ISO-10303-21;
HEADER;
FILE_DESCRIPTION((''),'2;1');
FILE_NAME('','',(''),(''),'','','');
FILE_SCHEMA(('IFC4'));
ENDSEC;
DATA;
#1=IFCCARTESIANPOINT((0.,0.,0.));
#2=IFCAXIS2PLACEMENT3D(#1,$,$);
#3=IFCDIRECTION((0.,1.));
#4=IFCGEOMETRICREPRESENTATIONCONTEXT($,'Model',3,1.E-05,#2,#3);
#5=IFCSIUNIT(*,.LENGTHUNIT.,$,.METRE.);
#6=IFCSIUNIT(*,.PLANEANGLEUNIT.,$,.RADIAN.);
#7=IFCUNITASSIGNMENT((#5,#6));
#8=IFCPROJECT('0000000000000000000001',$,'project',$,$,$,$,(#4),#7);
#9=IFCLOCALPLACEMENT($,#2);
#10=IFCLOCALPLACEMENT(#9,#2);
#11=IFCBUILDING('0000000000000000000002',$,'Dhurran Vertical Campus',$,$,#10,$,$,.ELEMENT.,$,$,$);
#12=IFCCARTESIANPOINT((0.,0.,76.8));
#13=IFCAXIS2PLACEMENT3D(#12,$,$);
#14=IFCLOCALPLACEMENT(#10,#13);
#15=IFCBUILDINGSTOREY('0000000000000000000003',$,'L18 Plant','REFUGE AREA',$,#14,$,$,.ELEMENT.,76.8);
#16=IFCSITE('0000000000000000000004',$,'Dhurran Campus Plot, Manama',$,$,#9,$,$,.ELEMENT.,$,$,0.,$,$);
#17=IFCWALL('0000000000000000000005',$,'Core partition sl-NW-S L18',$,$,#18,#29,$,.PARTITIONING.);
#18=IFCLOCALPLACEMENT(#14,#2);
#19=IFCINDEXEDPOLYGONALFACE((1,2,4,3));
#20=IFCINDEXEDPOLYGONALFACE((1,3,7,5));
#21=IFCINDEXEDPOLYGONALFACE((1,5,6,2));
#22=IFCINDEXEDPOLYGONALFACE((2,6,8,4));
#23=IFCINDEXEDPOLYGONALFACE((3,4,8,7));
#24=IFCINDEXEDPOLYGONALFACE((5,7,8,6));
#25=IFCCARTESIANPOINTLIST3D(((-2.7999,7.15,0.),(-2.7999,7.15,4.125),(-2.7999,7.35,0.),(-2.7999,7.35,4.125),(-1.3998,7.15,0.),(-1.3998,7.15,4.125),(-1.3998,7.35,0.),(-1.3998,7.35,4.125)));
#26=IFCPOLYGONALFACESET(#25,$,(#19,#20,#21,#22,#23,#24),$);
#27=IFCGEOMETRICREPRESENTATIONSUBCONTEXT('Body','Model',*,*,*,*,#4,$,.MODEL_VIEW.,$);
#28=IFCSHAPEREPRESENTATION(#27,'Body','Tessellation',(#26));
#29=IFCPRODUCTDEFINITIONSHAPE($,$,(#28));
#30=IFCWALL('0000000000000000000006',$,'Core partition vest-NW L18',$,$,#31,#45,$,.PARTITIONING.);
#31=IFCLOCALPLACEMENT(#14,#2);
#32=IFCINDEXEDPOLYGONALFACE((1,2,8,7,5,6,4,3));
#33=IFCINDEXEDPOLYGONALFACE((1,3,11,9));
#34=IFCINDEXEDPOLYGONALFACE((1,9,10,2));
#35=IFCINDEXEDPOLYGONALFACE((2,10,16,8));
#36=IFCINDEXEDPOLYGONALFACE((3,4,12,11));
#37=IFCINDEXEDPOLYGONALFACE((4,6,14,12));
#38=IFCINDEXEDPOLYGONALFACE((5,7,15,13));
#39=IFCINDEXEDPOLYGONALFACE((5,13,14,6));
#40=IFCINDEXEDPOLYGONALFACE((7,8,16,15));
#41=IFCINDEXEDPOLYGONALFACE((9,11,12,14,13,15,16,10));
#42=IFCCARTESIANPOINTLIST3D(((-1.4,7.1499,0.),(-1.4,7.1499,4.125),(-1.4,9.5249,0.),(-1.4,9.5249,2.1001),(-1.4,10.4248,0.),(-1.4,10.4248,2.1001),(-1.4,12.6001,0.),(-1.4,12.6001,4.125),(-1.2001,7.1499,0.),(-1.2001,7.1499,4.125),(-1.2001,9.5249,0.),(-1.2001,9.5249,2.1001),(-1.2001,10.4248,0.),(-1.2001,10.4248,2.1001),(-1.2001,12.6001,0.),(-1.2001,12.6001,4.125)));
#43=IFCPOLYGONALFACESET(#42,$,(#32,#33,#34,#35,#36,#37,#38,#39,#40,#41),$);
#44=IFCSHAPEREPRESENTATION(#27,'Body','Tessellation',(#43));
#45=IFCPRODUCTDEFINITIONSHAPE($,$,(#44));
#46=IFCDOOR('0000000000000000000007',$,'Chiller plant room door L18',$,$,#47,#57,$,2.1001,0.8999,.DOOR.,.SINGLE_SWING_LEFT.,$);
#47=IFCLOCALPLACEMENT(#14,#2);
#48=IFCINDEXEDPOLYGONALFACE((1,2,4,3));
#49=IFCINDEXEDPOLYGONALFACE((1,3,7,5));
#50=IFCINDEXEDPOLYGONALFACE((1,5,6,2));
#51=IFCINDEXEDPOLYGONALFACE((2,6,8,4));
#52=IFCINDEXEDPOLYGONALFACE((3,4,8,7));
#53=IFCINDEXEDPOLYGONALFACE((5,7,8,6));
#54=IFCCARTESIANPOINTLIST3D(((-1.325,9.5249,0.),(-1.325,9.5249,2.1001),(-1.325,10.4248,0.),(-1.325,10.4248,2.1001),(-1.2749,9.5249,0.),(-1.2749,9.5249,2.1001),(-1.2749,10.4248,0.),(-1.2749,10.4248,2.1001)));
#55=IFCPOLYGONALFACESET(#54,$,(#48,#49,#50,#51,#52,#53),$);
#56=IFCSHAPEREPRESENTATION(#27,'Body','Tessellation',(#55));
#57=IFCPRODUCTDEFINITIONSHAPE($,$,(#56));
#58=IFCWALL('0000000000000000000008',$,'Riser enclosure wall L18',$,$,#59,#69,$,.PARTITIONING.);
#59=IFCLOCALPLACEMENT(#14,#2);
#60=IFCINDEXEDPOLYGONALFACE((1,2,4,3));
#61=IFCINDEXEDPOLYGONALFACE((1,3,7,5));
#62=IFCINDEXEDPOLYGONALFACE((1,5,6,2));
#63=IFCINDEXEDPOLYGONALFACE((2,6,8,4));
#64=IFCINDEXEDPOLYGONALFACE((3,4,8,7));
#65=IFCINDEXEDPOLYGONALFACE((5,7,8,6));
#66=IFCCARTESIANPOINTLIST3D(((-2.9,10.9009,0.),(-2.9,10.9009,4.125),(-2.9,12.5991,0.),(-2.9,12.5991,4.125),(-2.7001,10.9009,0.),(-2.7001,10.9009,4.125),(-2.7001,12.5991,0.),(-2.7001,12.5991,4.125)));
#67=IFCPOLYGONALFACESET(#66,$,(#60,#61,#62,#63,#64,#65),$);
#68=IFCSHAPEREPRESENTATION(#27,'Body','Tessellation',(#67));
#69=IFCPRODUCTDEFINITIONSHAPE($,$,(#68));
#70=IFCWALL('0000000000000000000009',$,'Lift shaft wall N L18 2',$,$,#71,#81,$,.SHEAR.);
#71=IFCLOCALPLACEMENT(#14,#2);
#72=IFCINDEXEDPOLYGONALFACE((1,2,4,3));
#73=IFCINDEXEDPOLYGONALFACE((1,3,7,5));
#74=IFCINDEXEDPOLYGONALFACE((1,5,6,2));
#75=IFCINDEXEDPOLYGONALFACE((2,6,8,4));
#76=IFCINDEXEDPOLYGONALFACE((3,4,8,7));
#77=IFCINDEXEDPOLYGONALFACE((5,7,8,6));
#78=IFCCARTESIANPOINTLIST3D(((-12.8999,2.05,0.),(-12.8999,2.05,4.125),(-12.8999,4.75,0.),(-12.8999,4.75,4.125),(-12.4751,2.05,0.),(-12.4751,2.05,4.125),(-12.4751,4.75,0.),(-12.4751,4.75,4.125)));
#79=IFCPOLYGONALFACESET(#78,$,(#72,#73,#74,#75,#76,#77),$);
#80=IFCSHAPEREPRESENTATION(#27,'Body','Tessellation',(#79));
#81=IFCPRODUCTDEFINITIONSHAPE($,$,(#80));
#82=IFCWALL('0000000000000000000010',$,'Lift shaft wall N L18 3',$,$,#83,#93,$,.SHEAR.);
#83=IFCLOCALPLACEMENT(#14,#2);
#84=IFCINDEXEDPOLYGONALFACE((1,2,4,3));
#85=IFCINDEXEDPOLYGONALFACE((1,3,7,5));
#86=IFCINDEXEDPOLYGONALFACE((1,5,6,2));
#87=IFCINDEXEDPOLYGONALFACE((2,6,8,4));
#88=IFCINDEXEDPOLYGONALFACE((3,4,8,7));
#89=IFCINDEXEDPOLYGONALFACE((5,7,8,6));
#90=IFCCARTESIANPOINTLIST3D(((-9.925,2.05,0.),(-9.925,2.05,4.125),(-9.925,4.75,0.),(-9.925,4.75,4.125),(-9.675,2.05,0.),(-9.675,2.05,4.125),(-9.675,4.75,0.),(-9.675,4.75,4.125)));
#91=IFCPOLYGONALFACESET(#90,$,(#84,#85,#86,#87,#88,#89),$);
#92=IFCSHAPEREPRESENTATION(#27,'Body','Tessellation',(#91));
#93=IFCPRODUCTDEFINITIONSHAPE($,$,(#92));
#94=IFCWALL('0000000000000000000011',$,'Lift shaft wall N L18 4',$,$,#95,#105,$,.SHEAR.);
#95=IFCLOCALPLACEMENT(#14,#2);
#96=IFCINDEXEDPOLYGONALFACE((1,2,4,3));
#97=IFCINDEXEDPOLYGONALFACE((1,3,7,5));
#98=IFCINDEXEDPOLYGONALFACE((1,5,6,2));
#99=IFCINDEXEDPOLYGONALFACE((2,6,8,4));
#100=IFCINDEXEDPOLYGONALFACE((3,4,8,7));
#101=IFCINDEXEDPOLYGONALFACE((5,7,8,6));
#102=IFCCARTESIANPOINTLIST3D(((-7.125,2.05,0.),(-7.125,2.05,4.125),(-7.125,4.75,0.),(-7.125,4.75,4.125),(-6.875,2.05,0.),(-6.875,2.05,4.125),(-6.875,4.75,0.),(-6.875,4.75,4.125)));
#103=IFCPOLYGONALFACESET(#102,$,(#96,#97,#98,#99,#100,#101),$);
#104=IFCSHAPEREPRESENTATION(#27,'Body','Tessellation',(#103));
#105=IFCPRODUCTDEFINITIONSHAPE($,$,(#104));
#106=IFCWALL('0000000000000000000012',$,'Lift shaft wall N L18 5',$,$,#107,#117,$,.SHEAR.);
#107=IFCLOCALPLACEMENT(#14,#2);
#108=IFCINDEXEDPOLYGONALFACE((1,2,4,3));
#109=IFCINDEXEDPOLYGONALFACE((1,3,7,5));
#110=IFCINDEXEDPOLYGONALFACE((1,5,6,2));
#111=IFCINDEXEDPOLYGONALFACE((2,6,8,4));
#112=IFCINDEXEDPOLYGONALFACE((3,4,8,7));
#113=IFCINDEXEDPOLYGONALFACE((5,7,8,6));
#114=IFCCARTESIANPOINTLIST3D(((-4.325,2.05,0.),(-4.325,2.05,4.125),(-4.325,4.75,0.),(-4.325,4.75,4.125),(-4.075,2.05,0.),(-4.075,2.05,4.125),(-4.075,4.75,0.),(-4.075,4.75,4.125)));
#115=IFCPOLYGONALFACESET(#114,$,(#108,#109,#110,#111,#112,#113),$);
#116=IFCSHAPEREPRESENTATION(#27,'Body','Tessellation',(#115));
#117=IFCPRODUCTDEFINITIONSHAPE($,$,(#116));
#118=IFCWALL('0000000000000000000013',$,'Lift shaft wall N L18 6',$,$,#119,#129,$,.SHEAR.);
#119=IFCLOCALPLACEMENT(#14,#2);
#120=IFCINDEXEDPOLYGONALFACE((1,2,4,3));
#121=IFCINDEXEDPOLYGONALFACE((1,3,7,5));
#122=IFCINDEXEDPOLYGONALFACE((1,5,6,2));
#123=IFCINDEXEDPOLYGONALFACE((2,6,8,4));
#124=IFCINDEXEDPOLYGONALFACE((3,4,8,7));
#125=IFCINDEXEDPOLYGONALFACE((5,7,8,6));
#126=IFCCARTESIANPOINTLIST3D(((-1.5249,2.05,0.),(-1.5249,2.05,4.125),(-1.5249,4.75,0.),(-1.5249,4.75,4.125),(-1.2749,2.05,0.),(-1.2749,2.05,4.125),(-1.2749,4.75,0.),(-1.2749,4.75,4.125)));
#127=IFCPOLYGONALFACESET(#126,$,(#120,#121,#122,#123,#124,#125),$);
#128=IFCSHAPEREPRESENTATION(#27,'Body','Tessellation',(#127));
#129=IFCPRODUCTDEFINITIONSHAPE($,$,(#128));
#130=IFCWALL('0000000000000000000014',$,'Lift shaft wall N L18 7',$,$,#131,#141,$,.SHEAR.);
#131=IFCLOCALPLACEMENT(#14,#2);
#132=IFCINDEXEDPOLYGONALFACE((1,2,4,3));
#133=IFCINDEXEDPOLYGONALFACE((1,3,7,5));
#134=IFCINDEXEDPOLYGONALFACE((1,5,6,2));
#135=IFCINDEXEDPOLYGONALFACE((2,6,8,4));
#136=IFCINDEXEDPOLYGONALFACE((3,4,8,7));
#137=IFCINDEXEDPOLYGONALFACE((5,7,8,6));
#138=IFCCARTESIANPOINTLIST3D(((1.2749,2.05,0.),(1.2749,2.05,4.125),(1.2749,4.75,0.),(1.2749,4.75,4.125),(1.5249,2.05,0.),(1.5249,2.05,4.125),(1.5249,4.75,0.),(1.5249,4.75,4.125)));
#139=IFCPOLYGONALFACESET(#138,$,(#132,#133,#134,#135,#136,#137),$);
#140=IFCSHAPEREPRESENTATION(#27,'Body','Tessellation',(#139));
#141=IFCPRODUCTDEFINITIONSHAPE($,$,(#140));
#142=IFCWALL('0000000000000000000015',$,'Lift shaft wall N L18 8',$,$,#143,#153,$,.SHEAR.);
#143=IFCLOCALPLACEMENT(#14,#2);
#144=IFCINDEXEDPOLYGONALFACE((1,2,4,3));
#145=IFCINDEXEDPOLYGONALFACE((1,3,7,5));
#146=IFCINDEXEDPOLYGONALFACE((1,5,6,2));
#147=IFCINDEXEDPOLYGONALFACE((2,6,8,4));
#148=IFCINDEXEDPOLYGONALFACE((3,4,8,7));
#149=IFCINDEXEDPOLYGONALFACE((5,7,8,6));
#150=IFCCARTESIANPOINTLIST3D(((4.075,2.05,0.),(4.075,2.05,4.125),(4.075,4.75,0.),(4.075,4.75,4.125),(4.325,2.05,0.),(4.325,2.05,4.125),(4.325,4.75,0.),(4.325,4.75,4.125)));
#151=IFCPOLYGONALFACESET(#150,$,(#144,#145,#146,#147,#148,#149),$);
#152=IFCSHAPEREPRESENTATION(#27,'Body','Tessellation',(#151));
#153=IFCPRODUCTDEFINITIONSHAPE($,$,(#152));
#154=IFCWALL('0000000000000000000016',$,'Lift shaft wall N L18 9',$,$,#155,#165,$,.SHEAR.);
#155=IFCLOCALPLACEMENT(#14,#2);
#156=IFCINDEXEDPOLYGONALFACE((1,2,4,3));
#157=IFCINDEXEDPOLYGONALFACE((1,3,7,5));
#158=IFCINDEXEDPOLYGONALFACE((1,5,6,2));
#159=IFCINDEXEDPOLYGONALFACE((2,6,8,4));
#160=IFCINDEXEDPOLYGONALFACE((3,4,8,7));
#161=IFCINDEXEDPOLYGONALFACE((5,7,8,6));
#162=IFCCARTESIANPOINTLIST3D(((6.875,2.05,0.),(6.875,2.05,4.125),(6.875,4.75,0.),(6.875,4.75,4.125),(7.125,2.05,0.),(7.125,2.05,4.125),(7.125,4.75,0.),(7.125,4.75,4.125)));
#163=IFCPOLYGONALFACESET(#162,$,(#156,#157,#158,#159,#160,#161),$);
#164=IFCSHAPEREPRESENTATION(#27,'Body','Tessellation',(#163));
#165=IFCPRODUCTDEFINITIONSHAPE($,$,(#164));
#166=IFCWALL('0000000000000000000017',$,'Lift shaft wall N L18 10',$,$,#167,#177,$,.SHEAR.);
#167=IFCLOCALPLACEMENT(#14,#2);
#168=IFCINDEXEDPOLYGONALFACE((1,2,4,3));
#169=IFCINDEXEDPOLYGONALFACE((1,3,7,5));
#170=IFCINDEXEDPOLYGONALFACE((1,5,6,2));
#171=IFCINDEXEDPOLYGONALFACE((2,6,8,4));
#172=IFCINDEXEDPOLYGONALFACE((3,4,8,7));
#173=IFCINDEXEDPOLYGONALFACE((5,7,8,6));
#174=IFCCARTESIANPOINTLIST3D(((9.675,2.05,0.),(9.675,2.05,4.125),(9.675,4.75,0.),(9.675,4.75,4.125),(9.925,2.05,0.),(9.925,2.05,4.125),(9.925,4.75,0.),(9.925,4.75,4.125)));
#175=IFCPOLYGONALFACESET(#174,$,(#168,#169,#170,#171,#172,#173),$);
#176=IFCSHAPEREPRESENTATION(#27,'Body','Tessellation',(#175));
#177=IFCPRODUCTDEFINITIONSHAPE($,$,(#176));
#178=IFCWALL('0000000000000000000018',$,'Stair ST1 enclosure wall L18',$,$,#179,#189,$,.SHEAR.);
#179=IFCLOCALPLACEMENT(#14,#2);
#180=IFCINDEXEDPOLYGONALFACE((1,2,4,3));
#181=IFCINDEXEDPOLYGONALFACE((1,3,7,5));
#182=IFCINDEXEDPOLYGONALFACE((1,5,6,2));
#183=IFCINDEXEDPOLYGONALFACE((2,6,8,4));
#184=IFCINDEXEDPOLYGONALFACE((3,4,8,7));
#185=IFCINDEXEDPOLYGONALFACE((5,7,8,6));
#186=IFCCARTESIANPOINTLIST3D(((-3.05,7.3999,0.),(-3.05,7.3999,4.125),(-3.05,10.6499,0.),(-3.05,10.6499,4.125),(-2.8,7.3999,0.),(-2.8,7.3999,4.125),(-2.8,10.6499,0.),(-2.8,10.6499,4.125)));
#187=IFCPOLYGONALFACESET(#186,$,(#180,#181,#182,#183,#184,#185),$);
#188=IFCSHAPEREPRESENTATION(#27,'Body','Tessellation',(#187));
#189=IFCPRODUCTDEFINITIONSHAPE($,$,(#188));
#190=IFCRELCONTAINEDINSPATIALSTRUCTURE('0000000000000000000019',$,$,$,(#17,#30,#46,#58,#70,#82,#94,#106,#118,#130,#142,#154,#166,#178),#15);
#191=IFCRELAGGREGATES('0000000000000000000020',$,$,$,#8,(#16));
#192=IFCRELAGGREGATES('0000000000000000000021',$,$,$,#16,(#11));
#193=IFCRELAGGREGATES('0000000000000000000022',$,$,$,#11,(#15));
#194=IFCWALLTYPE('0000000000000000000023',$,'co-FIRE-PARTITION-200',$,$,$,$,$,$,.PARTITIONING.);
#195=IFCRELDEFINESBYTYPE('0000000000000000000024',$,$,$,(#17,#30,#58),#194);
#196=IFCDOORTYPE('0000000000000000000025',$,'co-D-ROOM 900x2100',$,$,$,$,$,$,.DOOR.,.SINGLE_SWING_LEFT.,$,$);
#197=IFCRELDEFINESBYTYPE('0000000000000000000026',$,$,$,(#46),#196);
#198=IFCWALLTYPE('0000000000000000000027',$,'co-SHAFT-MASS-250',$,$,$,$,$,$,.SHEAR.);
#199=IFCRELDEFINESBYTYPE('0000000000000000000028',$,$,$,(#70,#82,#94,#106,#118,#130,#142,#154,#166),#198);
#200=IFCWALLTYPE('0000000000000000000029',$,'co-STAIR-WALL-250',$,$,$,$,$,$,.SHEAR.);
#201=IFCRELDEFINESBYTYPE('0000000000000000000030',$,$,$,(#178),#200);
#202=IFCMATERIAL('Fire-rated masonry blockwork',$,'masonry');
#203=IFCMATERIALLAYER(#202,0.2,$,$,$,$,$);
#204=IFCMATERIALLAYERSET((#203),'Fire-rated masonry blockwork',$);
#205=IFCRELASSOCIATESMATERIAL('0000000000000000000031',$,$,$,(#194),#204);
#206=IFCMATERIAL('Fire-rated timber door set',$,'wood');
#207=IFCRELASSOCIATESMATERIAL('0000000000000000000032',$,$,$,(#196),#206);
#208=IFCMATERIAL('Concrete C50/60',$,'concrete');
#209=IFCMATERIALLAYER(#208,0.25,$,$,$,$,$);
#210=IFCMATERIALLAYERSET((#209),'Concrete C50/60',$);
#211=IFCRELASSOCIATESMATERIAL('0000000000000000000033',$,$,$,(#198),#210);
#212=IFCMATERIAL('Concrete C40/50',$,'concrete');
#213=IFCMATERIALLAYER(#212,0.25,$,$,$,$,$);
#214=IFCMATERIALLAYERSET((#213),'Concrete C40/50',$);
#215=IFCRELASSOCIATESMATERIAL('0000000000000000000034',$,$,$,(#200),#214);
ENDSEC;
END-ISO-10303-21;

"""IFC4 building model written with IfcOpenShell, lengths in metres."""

from ifc_helpers import new_model, si_unit, direction, frame, frame_2d, origin, place, context, subcontext, project, spatial, polyline, rectangle, outline, extrude, material, layer, layer_set, type_object, element, fill, save


model = new_model("IFC4")

# Units and contexts
model_context = context("Model", 3, precision=1e-05, world=origin(), true_north=direction((0.0, 1.0)))
body_context = subcontext(model_context, "Body", "Model", "MODEL_VIEW")
ifc_project = project(units=[si_unit("LENGTHUNIT", "METRE"), si_unit("PLANEANGLEUNIT", "RADIAN")], contexts=[model_context])

# Site, building, storey
site_placement = place(None, origin())
site = spatial("IfcSite", under=ifc_project, at=site_placement, Name="Dhurran Campus Plot, Manama", CompositionType="ELEMENT", RefElevation=0.0)
building_placement = place(site_placement, origin())
building = spatial("IfcBuilding", under=site, at=building_placement, Name="Dhurran Vertical Campus", CompositionType="ELEMENT")
storey_placement = place(building_placement, frame((0.0, 0.0, 76.8)))
storey = spatial("IfcBuildingStorey", under=building, at=storey_placement, Name="L18 Plant", Description="REFUGE AREA", CompositionType="ELEMENT", Elevation=76.8)

# Wall
ifc_material_1 = material(Name="Fire-rated masonry blockwork", Category="masonry")
ifc_layer_1 = layer(ifc_material_1, 0.2)
ifc_layer_set_1 = layer_set([ifc_layer_1], Name="Fire-rated masonry blockwork")
wall_type_1 = type_object("IfcWallType", Name="co-FIRE-PARTITION-200", PredefinedType="PARTITIONING", material=ifc_layer_set_1)
wall_1_placement = place(storey_placement, frame((-2.8, 7.25, 0.0), z_axis=(0.0, 0.0, 1.0), x_axis=(1.0, 0.0, 0.0)))
element("IfcWall", 1, at=wall_1_placement, inside=storey, type_object=wall_type_1, Name="Core partition sl-NW-S L18", PredefinedType="PARTITIONING", context=body_context, shape_type="SweptSolid", body=[
    extrude(rectangle(XDim=1.4001, YDim=0.2, at=frame_2d((0.7002, 0.0))), origin(), (0.0, 0.0, 1.0), 4.125),
])

# Wall, opening, door
wall_2_placement = place(storey_placement, frame((-1.3, 7.1499, 0.0), z_axis=(0.0, 0.0, 1.0), x_axis=(0.0, 1.0, 0.0)))
wall_2 = element("IfcWall", 2, at=wall_2_placement, inside=storey, type_object=wall_type_1, Name="Core partition vest-NW L18", PredefinedType="PARTITIONING", context=body_context, shape_type="SweptSolid", body=[
    extrude(rectangle(XDim=5.4502, YDim=0.2, at=frame_2d((2.7251, 0.0))), origin(), (0.0, 0.0, 1.0), 4.125),
])
opening_placement = place(wall_2_placement, frame((2.375, 0.0, 0.0)))
opening = element("IfcOpeningElement", 3, at=opening_placement, cuts=wall_2, PredefinedType="OPENING", context=body_context, shape_type="SweptSolid", body=[
    extrude(rectangle(XDim=0.8999, YDim=2.1001, at=frame_2d((0.45, 1.05))), frame((0.0, 0.1099, 0.0), z_axis=(0.0, -1.0, 0.0), x_axis=(1.0, 0.0, 0.0)), (0.0, 0.0, 1.0), 0.22),
])
ifc_material_2 = material(Name="Fire-rated timber door set", Category="wood")
door_type = type_object("IfcDoorType", Name="co-D-ROOM 900x2100", OperationType="SINGLE_SWING_LEFT", PredefinedType="DOOR", material=ifc_material_2)
door_placement = place(opening_placement, origin())
door = element("IfcDoor", 4, at=door_placement, inside=storey, type_object=door_type, Name="Chiller plant room door L18", OperationType="SINGLE_SWING_LEFT", OverallHeight=2.1001, OverallWidth=0.8999, PredefinedType="DOOR", context=body_context, shape_type="SweptSolid", body=[
    extrude(rectangle(XDim=0.8999, YDim=2.1001, at=frame_2d((0.45, 1.05))), frame((0.0, 0.0249, 0.0), z_axis=(0.0, -1.0, 0.0), x_axis=(1.0, 0.0, 0.0)), (0.0, 0.0, 1.0), 0.05),
])
fill(opening, door)

# Walls
wall_3_placement = place(storey_placement, frame((-2.8, 10.9009, 0.0), z_axis=(0.0, 0.0, 1.0), x_axis=(0.0, 1.0, 0.0)))
element("IfcWall", 5, at=wall_3_placement, inside=storey, type_object=wall_type_1, Name="Riser enclosure wall L18", PredefinedType="PARTITIONING", context=body_context, shape_type="SweptSolid", body=[
    extrude(rectangle(XDim=1.6982, YDim=0.2, at=frame_2d((0.8491, 0.0))), origin(), (0.0, 0.0, 1.0), 4.125),
])
ifc_material_3 = material(Name="Concrete C50/60", Category="concrete")
ifc_layer_2 = layer(ifc_material_3, 0.25)
ifc_layer_set_2 = layer_set([ifc_layer_2], Name="Concrete C50/60")
wall_type_2 = type_object("IfcWallType", Name="co-SHAFT-MASS-250", PredefinedType="SHEAR", material=ifc_layer_set_2)
wall_4_placement = place(storey_placement, origin())
element("IfcWall", 6, at=wall_4_placement, inside=storey, type_object=wall_type_2, Name="Lift shaft wall N L18 2", PredefinedType="SHEAR", context=body_context, shape_type="SweptSolid", body=[
    extrude(outline(polyline([(-12.8999, 2.05), (-12.4751, 2.05), (-12.4751, 4.75), (-12.8999, 4.75), (-12.8999, 2.05)])), origin(), (0.0, 0.0, 1.0), 4.125),
])
wall_5_placement = place(storey_placement, origin())
element("IfcWall", 7, at=wall_5_placement, inside=storey, type_object=wall_type_2, Name="Lift shaft wall N L18 3", PredefinedType="SHEAR", context=body_context, shape_type="SweptSolid", body=[
    extrude(outline(polyline([(-9.925, 2.05), (-9.675, 2.05), (-9.675, 4.75), (-9.925, 4.75), (-9.925, 2.05)])), origin(), (0.0, 0.0, 1.0), 4.125),
])
wall_6_placement = place(storey_placement, origin())
element("IfcWall", 8, at=wall_6_placement, inside=storey, type_object=wall_type_2, Name="Lift shaft wall N L18 4", PredefinedType="SHEAR", context=body_context, shape_type="SweptSolid", body=[
    extrude(outline(polyline([(-7.125, 2.05), (-6.875, 2.05), (-6.875, 4.75), (-7.125, 4.75), (-7.125, 2.05)])), origin(), (0.0, 0.0, 1.0), 4.125),
])
wall_7_placement = place(storey_placement, origin())
element("IfcWall", 9, at=wall_7_placement, inside=storey, type_object=wall_type_2, Name="Lift shaft wall N L18 5", PredefinedType="SHEAR", context=body_context, shape_type="SweptSolid", body=[
    extrude(outline(polyline([(-4.325, 2.05), (-4.075, 2.05), (-4.075, 4.75), (-4.325, 4.75), (-4.325, 2.05)])), origin(), (0.0, 0.0, 1.0), 4.125),
])
wall_8_placement = place(storey_placement, origin())
element("IfcWall", 10, at=wall_8_placement, inside=storey, type_object=wall_type_2, Name="Lift shaft wall N L18 6", PredefinedType="SHEAR", context=body_context, shape_type="SweptSolid", body=[
    extrude(outline(polyline([(-1.5249, 2.05), (-1.2749, 2.05), (-1.2749, 4.75), (-1.5249, 4.75), (-1.5249, 2.05)])), origin(), (0.0, 0.0, 1.0), 4.125),
])
wall_9_placement = place(storey_placement, origin())
element("IfcWall", 11, at=wall_9_placement, inside=storey, type_object=wall_type_2, Name="Lift shaft wall N L18 7", PredefinedType="SHEAR", context=body_context, shape_type="SweptSolid", body=[
    extrude(outline(polyline([(1.2749, 2.05), (1.5249, 2.05), (1.5249, 4.75), (1.2749, 4.75), (1.2749, 2.05)])), origin(), (0.0, 0.0, 1.0), 4.125),
])
wall_10_placement = place(storey_placement, origin())
element("IfcWall", 12, at=wall_10_placement, inside=storey, type_object=wall_type_2, Name="Lift shaft wall N L18 8", PredefinedType="SHEAR", context=body_context, shape_type="SweptSolid", body=[
    extrude(outline(polyline([(4.075, 2.05), (4.325, 2.05), (4.325, 4.75), (4.075, 4.75), (4.075, 2.05)])), origin(), (0.0, 0.0, 1.0), 4.125),
])
wall_11_placement = place(storey_placement, origin())
element("IfcWall", 13, at=wall_11_placement, inside=storey, type_object=wall_type_2, Name="Lift shaft wall N L18 9", PredefinedType="SHEAR", context=body_context, shape_type="SweptSolid", body=[
    extrude(outline(polyline([(6.875, 2.05), (7.125, 2.05), (7.125, 4.75), (6.875, 4.75), (6.875, 2.05)])), origin(), (0.0, 0.0, 1.0), 4.125),
])
wall_12_placement = place(storey_placement, origin())
element("IfcWall", 14, at=wall_12_placement, inside=storey, type_object=wall_type_2, Name="Lift shaft wall N L18 10", PredefinedType="SHEAR", context=body_context, shape_type="SweptSolid", body=[
    extrude(outline(polyline([(9.675, 2.05), (9.925, 2.05), (9.925, 4.75), (9.675, 4.75), (9.675, 2.05)])), origin(), (0.0, 0.0, 1.0), 4.125),
])
ifc_material_4 = material(Name="Concrete C40/50", Category="concrete")
ifc_layer_3 = layer(ifc_material_4, 0.25)
ifc_layer_set_3 = layer_set([ifc_layer_3], Name="Concrete C40/50")
wall_type_3 = type_object("IfcWallType", Name="co-STAIR-WALL-250", PredefinedType="SHEAR", material=ifc_layer_set_3)
wall_13_placement = place(storey_placement, frame((-2.925, 7.3999, 0.0), z_axis=(0.0, 0.0, 1.0), x_axis=(0.0, 1.0, 0.0)))
element("IfcWall", 15, at=wall_13_placement, inside=storey, type_object=wall_type_3, Name="Stair ST1 enclosure wall L18", PredefinedType="SHEAR", context=body_context, shape_type="SweptSolid", body=[
    extrude(rectangle(XDim=3.25, YDim=0.25, at=frame_2d((1.625, 0.0))), origin(), (0.0, 0.0, 1.0), 4.125),
])

save(model, "model.ifc")
